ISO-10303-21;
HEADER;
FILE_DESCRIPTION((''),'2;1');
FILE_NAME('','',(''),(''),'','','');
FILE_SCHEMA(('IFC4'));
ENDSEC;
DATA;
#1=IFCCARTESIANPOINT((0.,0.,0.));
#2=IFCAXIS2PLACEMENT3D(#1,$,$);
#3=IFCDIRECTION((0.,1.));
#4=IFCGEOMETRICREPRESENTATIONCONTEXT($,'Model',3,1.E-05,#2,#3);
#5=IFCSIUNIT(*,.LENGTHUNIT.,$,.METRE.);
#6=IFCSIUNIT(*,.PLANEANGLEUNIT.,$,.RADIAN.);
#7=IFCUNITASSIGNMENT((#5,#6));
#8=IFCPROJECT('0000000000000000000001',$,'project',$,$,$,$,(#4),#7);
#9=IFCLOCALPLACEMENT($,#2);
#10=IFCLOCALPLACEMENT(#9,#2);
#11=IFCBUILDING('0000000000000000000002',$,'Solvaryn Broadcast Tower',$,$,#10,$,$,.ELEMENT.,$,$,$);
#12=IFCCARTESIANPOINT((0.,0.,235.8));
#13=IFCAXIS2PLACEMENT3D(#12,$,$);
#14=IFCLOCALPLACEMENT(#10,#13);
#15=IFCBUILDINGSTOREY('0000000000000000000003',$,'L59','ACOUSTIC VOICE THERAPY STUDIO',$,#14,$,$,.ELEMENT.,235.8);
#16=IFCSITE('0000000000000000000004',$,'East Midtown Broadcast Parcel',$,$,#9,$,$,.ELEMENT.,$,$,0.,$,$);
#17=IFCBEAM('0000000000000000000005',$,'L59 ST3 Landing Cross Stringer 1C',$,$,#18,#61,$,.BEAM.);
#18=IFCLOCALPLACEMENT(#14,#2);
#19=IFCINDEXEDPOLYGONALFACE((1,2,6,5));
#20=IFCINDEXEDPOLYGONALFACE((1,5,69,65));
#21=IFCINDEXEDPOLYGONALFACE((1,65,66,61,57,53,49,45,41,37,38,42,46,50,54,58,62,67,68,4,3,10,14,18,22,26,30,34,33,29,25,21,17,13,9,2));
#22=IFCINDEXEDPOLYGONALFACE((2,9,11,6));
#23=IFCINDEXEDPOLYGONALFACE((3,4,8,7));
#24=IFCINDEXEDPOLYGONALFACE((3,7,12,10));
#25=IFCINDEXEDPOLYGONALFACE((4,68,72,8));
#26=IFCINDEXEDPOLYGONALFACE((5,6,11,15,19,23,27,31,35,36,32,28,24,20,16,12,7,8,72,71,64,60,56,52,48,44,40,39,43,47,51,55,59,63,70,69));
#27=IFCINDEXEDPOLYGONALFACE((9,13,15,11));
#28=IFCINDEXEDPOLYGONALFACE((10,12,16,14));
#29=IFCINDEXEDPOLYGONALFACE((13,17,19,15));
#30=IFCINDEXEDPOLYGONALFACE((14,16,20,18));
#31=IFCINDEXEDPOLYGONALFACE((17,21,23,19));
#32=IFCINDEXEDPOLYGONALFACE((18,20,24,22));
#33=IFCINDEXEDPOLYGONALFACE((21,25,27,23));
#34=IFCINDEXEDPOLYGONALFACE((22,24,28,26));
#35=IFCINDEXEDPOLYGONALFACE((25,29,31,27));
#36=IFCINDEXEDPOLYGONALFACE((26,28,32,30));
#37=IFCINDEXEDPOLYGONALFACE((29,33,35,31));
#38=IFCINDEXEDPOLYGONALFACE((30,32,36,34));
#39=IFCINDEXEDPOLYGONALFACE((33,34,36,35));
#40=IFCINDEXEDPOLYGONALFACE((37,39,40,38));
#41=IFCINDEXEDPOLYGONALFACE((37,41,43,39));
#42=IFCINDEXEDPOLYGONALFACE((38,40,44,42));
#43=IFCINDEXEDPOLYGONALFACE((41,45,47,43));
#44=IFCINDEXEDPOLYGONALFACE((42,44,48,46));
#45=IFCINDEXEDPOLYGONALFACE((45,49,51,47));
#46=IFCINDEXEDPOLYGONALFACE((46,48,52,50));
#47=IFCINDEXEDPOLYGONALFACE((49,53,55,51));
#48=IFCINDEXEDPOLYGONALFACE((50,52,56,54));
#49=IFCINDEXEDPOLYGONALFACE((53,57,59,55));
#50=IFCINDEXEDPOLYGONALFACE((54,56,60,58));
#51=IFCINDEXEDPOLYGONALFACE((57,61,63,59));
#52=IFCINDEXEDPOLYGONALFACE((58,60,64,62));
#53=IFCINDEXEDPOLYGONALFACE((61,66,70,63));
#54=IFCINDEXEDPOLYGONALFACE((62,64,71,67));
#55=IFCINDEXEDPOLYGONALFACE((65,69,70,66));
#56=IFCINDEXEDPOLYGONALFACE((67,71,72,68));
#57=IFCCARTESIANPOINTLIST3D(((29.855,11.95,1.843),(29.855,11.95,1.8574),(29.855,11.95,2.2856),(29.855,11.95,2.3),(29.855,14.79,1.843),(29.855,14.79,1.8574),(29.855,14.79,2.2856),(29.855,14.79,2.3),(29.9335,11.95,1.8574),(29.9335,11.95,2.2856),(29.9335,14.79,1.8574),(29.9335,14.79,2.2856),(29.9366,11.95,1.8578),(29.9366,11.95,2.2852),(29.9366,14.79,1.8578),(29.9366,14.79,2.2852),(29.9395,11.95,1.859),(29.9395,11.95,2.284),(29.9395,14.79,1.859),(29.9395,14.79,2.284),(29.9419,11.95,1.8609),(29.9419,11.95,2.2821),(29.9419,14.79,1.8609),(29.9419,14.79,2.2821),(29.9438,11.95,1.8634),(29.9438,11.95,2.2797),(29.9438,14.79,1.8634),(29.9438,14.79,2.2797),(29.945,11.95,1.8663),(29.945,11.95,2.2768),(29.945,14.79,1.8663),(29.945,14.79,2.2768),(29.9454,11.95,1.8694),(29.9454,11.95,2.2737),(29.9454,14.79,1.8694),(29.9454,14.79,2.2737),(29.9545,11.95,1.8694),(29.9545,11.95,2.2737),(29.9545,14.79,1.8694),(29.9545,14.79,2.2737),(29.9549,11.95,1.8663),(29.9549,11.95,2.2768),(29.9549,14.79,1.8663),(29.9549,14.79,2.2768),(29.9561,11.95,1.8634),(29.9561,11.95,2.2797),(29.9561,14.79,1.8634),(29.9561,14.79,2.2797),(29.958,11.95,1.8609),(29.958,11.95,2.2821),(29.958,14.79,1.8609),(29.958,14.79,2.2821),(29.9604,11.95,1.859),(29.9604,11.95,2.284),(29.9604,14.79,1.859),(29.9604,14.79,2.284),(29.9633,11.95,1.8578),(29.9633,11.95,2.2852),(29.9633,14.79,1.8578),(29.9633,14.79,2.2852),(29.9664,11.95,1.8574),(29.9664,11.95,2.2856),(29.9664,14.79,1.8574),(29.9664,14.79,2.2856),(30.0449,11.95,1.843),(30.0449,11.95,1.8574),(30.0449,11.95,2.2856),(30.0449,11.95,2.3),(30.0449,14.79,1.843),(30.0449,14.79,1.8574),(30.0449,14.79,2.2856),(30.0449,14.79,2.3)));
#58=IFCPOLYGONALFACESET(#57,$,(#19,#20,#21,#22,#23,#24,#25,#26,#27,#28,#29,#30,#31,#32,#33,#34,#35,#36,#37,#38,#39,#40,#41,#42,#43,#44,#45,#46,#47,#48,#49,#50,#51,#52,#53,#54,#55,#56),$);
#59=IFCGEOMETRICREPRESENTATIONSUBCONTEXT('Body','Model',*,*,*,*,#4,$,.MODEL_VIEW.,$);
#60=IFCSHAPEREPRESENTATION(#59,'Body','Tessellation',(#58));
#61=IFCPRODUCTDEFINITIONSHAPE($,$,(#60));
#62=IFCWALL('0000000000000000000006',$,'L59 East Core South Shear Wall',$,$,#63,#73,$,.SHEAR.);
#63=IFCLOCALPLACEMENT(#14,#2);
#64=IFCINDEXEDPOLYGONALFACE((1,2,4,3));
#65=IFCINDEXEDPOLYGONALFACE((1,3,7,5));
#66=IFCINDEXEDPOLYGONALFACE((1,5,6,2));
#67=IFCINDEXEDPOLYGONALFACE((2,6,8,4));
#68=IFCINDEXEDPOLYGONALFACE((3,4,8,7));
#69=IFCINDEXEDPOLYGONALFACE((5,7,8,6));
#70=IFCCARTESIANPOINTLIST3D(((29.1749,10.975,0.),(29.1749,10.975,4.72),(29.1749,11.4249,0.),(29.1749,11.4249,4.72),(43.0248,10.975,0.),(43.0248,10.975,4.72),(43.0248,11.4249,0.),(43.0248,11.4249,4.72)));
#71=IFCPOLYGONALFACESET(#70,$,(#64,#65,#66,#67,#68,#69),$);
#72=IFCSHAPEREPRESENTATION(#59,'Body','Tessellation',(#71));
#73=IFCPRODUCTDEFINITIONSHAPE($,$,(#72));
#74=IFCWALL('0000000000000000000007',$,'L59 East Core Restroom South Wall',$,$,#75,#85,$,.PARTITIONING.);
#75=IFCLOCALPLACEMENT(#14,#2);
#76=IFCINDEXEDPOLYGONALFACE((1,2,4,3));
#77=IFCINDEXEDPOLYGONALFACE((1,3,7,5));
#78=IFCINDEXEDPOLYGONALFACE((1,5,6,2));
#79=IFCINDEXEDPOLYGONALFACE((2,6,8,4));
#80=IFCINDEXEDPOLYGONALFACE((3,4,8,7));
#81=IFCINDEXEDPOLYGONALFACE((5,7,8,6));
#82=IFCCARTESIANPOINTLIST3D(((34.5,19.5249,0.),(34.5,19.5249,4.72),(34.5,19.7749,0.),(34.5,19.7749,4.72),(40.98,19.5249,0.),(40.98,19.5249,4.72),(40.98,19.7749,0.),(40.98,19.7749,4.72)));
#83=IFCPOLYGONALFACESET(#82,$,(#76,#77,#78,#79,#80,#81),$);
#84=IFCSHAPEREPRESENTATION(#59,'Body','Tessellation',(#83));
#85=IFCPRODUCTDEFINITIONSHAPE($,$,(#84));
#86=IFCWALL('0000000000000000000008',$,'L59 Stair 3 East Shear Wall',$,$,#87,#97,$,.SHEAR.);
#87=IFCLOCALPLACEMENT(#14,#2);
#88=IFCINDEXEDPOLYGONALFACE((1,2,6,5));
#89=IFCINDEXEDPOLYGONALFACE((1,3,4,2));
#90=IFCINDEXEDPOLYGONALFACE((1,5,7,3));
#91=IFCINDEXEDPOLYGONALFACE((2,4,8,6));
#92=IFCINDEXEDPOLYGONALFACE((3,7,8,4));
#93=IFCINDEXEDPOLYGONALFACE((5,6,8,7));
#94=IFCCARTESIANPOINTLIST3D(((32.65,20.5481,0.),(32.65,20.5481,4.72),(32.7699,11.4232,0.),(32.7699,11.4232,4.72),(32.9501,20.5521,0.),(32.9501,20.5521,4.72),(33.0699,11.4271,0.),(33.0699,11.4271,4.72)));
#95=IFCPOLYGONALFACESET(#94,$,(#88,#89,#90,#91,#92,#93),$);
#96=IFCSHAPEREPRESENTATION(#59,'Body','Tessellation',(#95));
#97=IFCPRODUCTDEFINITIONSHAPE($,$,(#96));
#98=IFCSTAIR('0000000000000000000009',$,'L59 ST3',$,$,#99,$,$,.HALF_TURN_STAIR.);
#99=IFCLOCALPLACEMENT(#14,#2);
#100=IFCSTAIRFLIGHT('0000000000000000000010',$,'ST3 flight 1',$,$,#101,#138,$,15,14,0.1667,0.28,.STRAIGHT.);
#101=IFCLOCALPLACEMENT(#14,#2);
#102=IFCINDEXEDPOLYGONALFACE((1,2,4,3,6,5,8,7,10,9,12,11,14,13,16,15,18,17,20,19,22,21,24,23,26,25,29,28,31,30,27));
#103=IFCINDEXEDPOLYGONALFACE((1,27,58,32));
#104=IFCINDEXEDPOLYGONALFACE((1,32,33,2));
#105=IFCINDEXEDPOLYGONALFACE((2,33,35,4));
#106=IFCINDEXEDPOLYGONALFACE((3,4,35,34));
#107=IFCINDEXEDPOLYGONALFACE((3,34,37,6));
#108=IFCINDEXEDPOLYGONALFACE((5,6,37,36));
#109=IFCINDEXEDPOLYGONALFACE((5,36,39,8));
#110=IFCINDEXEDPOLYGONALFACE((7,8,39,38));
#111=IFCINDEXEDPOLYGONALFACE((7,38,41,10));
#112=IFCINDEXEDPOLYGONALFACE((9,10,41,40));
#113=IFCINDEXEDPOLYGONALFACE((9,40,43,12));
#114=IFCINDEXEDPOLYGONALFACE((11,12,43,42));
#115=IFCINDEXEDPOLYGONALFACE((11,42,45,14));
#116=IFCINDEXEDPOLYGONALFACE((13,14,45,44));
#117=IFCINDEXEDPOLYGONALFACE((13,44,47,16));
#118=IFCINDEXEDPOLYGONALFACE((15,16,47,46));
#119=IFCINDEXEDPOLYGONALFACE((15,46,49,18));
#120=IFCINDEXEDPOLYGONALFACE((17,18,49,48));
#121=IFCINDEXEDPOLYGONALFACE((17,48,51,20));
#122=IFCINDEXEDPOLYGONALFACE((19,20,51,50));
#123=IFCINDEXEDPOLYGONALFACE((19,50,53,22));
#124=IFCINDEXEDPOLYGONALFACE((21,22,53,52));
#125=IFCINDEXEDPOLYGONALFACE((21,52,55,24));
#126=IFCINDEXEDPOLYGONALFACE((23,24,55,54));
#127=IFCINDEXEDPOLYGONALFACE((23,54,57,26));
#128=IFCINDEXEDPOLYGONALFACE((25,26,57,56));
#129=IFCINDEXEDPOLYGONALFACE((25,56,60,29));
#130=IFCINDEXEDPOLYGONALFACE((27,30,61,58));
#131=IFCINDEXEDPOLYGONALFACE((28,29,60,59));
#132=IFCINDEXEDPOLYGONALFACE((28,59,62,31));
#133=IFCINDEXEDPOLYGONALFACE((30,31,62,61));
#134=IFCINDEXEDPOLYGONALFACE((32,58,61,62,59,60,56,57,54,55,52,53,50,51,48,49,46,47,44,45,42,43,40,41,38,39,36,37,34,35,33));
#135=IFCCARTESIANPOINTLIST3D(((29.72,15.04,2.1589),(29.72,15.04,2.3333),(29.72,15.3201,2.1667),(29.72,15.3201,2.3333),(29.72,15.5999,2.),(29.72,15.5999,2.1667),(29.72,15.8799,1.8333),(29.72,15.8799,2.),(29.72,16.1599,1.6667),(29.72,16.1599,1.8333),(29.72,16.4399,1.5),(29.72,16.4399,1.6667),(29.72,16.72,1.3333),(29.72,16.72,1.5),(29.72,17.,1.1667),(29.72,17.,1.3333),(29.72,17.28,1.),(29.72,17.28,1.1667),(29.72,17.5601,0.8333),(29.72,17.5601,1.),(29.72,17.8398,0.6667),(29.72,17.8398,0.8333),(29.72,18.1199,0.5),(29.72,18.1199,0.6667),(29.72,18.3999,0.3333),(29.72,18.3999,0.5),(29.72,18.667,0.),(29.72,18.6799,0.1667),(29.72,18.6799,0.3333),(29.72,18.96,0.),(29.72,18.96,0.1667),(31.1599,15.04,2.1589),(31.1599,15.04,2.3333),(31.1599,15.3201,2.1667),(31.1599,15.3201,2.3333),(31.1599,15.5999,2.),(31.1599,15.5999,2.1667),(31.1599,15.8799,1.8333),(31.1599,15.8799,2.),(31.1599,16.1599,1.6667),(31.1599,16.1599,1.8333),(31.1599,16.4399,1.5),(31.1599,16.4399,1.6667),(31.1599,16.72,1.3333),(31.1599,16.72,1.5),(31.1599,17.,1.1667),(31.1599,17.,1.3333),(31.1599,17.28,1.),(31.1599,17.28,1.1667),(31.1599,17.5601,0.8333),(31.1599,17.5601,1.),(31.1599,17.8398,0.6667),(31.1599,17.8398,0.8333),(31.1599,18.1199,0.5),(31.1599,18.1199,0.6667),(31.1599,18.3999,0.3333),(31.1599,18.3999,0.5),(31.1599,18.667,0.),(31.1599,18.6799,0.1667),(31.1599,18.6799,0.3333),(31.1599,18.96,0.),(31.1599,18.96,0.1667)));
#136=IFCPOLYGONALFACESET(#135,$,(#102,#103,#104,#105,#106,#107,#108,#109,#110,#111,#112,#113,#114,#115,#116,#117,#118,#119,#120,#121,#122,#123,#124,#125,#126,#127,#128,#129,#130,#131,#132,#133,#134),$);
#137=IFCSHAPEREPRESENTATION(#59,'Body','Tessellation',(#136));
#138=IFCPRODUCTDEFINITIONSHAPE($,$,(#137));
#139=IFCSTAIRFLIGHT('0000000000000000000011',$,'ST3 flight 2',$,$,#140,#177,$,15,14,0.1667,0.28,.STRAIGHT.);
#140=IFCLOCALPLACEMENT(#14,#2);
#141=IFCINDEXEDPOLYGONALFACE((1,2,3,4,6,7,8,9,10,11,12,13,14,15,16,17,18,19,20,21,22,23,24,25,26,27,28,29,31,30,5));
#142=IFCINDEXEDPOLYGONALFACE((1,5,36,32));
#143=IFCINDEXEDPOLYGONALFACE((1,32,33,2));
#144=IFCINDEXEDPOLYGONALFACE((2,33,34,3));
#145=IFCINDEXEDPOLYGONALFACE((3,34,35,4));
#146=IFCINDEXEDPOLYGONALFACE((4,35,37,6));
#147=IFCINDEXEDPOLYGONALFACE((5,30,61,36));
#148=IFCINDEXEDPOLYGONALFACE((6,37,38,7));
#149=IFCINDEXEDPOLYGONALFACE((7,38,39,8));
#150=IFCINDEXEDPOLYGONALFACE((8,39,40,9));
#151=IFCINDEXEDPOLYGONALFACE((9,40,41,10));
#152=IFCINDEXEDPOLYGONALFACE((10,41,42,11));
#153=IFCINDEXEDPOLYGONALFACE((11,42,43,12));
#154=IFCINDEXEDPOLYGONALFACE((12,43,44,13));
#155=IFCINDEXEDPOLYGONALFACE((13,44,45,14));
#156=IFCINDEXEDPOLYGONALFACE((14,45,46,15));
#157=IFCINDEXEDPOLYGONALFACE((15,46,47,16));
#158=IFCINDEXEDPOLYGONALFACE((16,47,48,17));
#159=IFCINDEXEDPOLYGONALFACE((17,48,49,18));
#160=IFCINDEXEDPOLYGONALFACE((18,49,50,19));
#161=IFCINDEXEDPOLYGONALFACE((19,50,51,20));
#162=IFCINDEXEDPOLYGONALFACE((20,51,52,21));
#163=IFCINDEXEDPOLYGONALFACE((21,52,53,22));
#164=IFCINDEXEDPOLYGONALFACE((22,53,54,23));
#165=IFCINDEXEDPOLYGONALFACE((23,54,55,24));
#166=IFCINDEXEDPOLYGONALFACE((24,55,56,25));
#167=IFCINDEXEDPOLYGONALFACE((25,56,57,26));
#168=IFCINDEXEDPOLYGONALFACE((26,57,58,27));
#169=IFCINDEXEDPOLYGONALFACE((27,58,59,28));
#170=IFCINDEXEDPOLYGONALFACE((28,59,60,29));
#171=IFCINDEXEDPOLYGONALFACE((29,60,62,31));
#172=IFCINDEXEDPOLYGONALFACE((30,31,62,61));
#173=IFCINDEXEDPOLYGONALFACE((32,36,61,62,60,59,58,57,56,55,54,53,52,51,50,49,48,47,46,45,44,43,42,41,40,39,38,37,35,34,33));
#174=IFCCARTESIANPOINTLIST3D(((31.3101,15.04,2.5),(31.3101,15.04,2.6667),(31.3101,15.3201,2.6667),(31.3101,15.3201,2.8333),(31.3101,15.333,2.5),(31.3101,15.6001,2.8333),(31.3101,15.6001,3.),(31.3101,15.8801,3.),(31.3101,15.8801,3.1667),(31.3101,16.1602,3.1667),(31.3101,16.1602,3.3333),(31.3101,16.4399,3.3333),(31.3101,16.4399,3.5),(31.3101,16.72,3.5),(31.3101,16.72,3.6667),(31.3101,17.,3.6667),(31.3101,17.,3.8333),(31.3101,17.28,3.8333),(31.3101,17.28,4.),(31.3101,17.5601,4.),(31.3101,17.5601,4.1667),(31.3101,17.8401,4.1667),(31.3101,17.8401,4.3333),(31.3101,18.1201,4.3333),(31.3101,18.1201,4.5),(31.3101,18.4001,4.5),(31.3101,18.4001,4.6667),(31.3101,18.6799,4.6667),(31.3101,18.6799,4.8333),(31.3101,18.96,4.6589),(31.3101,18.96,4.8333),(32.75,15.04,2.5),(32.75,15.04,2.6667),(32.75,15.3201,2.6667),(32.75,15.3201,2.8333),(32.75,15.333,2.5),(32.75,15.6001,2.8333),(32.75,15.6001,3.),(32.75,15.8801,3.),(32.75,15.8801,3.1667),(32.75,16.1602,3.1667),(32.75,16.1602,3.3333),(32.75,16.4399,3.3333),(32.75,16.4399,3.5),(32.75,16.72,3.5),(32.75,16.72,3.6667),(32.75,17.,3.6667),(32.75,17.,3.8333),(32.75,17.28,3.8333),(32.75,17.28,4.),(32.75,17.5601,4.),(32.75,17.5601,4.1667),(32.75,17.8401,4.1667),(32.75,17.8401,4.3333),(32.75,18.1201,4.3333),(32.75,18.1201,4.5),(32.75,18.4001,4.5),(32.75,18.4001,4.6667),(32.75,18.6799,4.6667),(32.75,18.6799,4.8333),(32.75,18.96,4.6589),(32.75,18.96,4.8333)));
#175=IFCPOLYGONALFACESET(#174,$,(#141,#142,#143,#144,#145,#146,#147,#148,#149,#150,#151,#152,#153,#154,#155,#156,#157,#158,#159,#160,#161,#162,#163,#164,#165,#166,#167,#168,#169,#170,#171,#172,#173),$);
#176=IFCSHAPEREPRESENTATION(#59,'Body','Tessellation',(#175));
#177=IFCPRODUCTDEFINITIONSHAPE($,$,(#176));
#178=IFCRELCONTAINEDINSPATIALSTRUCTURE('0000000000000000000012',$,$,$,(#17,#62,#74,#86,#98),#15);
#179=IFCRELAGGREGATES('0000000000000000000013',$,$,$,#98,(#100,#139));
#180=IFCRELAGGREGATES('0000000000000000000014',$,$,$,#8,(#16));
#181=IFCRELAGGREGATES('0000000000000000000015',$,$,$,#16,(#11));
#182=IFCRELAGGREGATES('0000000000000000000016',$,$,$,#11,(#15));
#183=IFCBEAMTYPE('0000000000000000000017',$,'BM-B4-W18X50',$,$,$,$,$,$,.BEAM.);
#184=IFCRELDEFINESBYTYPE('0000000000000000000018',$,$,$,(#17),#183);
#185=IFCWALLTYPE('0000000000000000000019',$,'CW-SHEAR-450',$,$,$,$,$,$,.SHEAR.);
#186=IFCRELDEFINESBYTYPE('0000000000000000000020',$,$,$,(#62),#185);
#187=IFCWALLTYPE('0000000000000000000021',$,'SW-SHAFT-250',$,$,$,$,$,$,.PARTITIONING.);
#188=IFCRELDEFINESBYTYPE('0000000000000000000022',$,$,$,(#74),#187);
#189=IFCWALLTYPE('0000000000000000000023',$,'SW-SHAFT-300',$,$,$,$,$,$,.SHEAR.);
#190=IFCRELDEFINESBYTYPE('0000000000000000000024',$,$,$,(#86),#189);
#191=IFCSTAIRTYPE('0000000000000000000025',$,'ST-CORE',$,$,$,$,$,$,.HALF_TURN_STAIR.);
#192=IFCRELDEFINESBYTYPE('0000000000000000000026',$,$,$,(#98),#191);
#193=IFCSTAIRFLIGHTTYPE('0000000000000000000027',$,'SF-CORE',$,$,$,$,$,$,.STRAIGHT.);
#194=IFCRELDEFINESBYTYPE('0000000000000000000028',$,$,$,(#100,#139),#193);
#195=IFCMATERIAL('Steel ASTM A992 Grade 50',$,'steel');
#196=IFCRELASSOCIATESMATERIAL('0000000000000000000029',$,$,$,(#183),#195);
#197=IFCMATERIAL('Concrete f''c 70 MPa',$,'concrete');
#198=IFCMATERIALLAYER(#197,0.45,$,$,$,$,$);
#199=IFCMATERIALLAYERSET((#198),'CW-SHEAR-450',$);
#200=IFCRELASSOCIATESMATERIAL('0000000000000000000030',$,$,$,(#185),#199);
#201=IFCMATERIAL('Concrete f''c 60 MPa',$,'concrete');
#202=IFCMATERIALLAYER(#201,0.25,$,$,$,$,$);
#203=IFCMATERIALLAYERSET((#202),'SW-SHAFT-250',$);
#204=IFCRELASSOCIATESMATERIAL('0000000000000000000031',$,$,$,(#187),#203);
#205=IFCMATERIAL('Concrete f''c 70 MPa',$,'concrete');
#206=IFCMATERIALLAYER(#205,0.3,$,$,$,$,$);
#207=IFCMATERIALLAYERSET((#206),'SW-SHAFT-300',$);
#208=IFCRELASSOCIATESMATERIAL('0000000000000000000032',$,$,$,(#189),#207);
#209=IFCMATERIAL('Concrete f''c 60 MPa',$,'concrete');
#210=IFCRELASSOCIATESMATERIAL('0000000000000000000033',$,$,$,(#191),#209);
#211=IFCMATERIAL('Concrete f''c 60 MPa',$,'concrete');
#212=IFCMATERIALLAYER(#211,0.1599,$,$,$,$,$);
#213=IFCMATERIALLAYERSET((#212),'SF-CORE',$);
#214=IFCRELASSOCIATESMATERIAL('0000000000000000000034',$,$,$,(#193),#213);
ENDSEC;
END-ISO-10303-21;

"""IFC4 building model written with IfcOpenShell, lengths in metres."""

from ifc_helpers import new_model, si_unit, direction, frame, frame_2d, origin, origin_2d, place, context, subcontext, project, spatial, polyline, rectangle, i_section, outline, extrude, material, layer, layer_set, material_profile, profile_set, type_object, element, aggregate, save


model = new_model("IFC4")

# Units and contexts
model_context = context("Model", 3, precision=1e-05, world=origin(), true_north=direction((0.0, 1.0)))
body_context = subcontext(model_context, "Body", "Model", "MODEL_VIEW")
ifc_project = project(units=[si_unit("LENGTHUNIT", "METRE"), si_unit("PLANEANGLEUNIT", "RADIAN")], contexts=[model_context])

# Site, building, storey
site_placement = place(None, origin())
site = spatial("IfcSite", under=ifc_project, at=site_placement, Name="East Midtown Broadcast Parcel", CompositionType="ELEMENT", RefElevation=0.0)
building_placement = place(site_placement, origin())
building = spatial("IfcBuilding", under=site, at=building_placement, Name="Solvaryn Broadcast Tower", CompositionType="ELEMENT")
storey_placement = place(building_placement, frame((0.0, 0.0, 235.8)))
storey = spatial("IfcBuildingStorey", under=building, at=storey_placement, Name="L59", Description="ACOUSTIC VOICE THERAPY STUDIO", CompositionType="ELEMENT", Elevation=235.8)

# Beam
ifc_material_1 = material(Name="Steel ASTM A992 Grade 50", Category="steel")
ifc_material_profile_1 = material_profile(ifc_material_1, i_section(OverallWidth=0.1899, OverallDepth=0.457, WebThickness=0.009, FlangeThickness=0.0144, FilletRadius=0.012, at=origin_2d()))
ifc_profile_set_1 = profile_set([ifc_material_profile_1], Name="Steel ASTM A992 Grade 50")
beam_type_1 = type_object("IfcBeamType", Name="BM-B4-W18X50", PredefinedType="BEAM", material=ifc_profile_set_1)
beam_1_placement = place(storey_placement, frame((29.95, 11.95, 2.0715), z_axis=(0.0, 1.0, 0.0), x_axis=(-1.0, 0.0, 0.0)))
element("IfcBeam", 1, at=beam_1_placement, inside=storey, type_object=beam_type_1, Name="L59 ST3 Landing Cross Stringer 1C", PredefinedType="BEAM", context=body_context, shape_type="SweptSolid", body=[
    extrude(i_section(OverallWidth=0.1899, OverallDepth=0.457, WebThickness=0.009, FlangeThickness=0.0144, FilletRadius=0.012, at=origin_2d()), origin(), (0.0, 0.0, 1.0), 2.8401),
])

# Walls
ifc_material_2 = material(Name="Concrete f'c 70 MPa", Category="concrete")
ifc_layer_1 = layer(ifc_material_2, 0.45)
ifc_layer_set_1 = layer_set([ifc_layer_1], Name="CW-SHEAR-450")
wall_type_1 = type_object("IfcWallType", Name="CW-SHEAR-450", PredefinedType="SHEAR", material=ifc_layer_set_1)
wall_1_placement = place(storey_placement, frame((29.175, 11.2, 0.0), z_axis=(0.0, 0.0, 1.0), x_axis=(1.0, 0.0, 0.0)))
element("IfcWall", 2, at=wall_1_placement, inside=storey, type_object=wall_type_1, Name="L59 East Core South Shear Wall", PredefinedType="SHEAR", context=body_context, shape_type="SweptSolid", body=[
    extrude(rectangle(XDim=13.8499, YDim=0.45, at=frame_2d((6.9248, 0.0))), origin(), (0.0, 0.0, 1.0), 4.72),
])
ifc_material_3 = material(Name="Concrete f'c 60 MPa", Category="concrete")
ifc_layer_2 = layer(ifc_material_3, 0.25)
ifc_layer_set_2 = layer_set([ifc_layer_2], Name="SW-SHAFT-250")
wall_type_2 = type_object("IfcWallType", Name="SW-SHAFT-250", PredefinedType="PARTITIONING", material=ifc_layer_set_2)
wall_2_placement = place(storey_placement, frame((34.5, 19.6499, 0.0), z_axis=(0.0, 0.0, 1.0), x_axis=(1.0, 0.0, 0.0)))
element("IfcWall", 3, at=wall_2_placement, inside=storey, type_object=wall_type_2, Name="L59 East Core Restroom South Wall", PredefinedType="PARTITIONING", context=body_context, shape_type="SweptSolid", body=[
    extrude(rectangle(XDim=6.48, YDim=0.25, at=frame_2d((3.24, 0.0))), origin(), (0.0, 0.0, 1.0), 4.72),
])
ifc_material_4 = material(Name="Concrete f'c 70 MPa", Category="concrete")
ifc_layer_3 = layer(ifc_material_4, 0.3)
ifc_layer_set_3 = layer_set([ifc_layer_3], Name="SW-SHAFT-300")
wall_type_3 = type_object("IfcWallType", Name="SW-SHAFT-300", PredefinedType="SHEAR", material=ifc_layer_set_3)
wall_3_placement = place(storey_placement, frame((32.9199, 11.425, 0.0), z_axis=(0.0, 0.0, 1.0), x_axis=(-0.013136, 0.999914, 0.0)))
element("IfcWall", 4, at=wall_3_placement, inside=storey, type_object=wall_type_3, Name="L59 Stair 3 East Shear Wall", PredefinedType="SHEAR", context=body_context, shape_type="SweptSolid", body=[
    extrude(rectangle(XDim=9.1257, YDim=0.3, at=frame_2d((4.563, 0.0))), origin(), (0.0, 0.0, 1.0), 4.72),
])

# Stair, stair flights
ifc_material_5 = material(Name="Concrete f'c 60 MPa", Category="concrete")
stair_type = type_object("IfcStairType", Name="ST-CORE", PredefinedType="HALF_TURN_STAIR", material=ifc_material_5)
stair_placement = place(storey_placement, origin())
stair = element("IfcStair", 5, at=stair_placement, inside=storey, type_object=stair_type, Name="L59 ST3", PredefinedType="HALF_TURN_STAIR")
ifc_material_6 = material(Name="Concrete f'c 60 MPa", Category="concrete")
ifc_layer_4 = layer(ifc_material_6, 0.1599)
ifc_layer_set_4 = layer_set([ifc_layer_4], Name="SF-CORE")
stair_flight_type = type_object("IfcStairFlightType", Name="SF-CORE", PredefinedType="STRAIGHT", material=ifc_layer_set_4)
stair_flight_1_placement = place(storey_placement, frame((30.4399, 18.96, 0.0), z_axis=(0.0, 0.0, 1.0), x_axis=(0.0, -1.0, 0.0)))
stair_flight_1 = element("IfcStairFlight", 6, at=stair_flight_1_placement, type_object=stair_flight_type, Name="ST3 flight 1", NumberOfRisers=15, NumberOfTreads=14, PredefinedType="STRAIGHT", RiserHeight=0.1667, TreadLength=0.28, context=body_context, shape_type="SweptSolid", body=[
    extrude(outline(polyline([(0.0, 0.0), (0.0, 0.1667), (0.28, 0.1667), (0.28, 0.3333), (0.5601, 0.3333), (0.5601, 0.5), (0.8401, 0.5), (0.8401, 0.6667), (1.1201, 0.6667), (1.1201, 0.8333), (1.3999, 0.8333), (1.3999, 1.0), (1.6799, 1.0), (1.6799, 1.1667), (1.96, 1.1667), (1.96, 1.3333), (2.24, 1.3333), (2.24, 1.5), (2.52, 1.5), (2.52, 1.6667), (2.8, 1.6667), (2.8, 1.8333), (3.0801, 1.8333), (3.0801, 2.0), (3.3601, 2.0), (3.3601, 2.1667), (3.6399, 2.1667), (3.6399, 2.3333), (3.9199, 2.3333), (3.9199, 2.5), (3.9199, 2.1589), (0.293, 0.0), (0.0, 0.0)])), frame((0.0, 0.72, 0.0), z_axis=(0.0, -1.0, 0.0), x_axis=(1.0, 0.0, 0.0)), (0.0, 0.0, 1.0), 1.4399),
])
stair_flight_2_placement = place(storey_placement, frame((32.03, 15.04, 2.5), z_axis=(0.0, 0.0, 1.0), x_axis=(0.0, 1.0, 0.0)))
stair_flight_2 = element("IfcStairFlight", 7, at=stair_flight_2_placement, type_object=stair_flight_type, Name="ST3 flight 2", NumberOfRisers=15, NumberOfTreads=14, PredefinedType="STRAIGHT", RiserHeight=0.1667, TreadLength=0.28, context=body_context, shape_type="SweptSolid", body=[
    extrude(outline(polyline([(0.0, 0.0), (0.0, 0.1667), (0.28, 0.1667), (0.28, 0.3333), (0.5601, 0.3333), (0.5601, 0.5), (0.8401, 0.5), (0.8401, 0.6667), (1.1201, 0.6667), (1.1201, 0.8333), (1.3999, 0.8333), (1.3999, 1.0), (1.6799, 1.0), (1.6799, 1.1667), (1.96, 1.1667), (1.96, 1.3333), (2.24, 1.3333), (2.24, 1.5), (2.52, 1.5), (2.52, 1.6667), (2.8, 1.6667), (2.8, 1.8333), (3.0801, 1.8333), (3.0801, 2.0), (3.3601, 2.0), (3.3601, 2.1667), (3.6399, 2.1667), (3.6399, 2.3333), (3.9199, 2.3333), (3.9199, 2.5), (3.9199, 2.1589), (0.293, 0.0), (0.0, 0.0)])), frame((0.0, 0.72, 0.0), z_axis=(0.0, -1.0, 0.0), x_axis=(1.0, 0.0, 0.0)), (0.0, 0.0, 1.0), 1.4399),
])
aggregate(stair, [stair_flight_1, stair_flight_2])

save(model, "model.ifc")
